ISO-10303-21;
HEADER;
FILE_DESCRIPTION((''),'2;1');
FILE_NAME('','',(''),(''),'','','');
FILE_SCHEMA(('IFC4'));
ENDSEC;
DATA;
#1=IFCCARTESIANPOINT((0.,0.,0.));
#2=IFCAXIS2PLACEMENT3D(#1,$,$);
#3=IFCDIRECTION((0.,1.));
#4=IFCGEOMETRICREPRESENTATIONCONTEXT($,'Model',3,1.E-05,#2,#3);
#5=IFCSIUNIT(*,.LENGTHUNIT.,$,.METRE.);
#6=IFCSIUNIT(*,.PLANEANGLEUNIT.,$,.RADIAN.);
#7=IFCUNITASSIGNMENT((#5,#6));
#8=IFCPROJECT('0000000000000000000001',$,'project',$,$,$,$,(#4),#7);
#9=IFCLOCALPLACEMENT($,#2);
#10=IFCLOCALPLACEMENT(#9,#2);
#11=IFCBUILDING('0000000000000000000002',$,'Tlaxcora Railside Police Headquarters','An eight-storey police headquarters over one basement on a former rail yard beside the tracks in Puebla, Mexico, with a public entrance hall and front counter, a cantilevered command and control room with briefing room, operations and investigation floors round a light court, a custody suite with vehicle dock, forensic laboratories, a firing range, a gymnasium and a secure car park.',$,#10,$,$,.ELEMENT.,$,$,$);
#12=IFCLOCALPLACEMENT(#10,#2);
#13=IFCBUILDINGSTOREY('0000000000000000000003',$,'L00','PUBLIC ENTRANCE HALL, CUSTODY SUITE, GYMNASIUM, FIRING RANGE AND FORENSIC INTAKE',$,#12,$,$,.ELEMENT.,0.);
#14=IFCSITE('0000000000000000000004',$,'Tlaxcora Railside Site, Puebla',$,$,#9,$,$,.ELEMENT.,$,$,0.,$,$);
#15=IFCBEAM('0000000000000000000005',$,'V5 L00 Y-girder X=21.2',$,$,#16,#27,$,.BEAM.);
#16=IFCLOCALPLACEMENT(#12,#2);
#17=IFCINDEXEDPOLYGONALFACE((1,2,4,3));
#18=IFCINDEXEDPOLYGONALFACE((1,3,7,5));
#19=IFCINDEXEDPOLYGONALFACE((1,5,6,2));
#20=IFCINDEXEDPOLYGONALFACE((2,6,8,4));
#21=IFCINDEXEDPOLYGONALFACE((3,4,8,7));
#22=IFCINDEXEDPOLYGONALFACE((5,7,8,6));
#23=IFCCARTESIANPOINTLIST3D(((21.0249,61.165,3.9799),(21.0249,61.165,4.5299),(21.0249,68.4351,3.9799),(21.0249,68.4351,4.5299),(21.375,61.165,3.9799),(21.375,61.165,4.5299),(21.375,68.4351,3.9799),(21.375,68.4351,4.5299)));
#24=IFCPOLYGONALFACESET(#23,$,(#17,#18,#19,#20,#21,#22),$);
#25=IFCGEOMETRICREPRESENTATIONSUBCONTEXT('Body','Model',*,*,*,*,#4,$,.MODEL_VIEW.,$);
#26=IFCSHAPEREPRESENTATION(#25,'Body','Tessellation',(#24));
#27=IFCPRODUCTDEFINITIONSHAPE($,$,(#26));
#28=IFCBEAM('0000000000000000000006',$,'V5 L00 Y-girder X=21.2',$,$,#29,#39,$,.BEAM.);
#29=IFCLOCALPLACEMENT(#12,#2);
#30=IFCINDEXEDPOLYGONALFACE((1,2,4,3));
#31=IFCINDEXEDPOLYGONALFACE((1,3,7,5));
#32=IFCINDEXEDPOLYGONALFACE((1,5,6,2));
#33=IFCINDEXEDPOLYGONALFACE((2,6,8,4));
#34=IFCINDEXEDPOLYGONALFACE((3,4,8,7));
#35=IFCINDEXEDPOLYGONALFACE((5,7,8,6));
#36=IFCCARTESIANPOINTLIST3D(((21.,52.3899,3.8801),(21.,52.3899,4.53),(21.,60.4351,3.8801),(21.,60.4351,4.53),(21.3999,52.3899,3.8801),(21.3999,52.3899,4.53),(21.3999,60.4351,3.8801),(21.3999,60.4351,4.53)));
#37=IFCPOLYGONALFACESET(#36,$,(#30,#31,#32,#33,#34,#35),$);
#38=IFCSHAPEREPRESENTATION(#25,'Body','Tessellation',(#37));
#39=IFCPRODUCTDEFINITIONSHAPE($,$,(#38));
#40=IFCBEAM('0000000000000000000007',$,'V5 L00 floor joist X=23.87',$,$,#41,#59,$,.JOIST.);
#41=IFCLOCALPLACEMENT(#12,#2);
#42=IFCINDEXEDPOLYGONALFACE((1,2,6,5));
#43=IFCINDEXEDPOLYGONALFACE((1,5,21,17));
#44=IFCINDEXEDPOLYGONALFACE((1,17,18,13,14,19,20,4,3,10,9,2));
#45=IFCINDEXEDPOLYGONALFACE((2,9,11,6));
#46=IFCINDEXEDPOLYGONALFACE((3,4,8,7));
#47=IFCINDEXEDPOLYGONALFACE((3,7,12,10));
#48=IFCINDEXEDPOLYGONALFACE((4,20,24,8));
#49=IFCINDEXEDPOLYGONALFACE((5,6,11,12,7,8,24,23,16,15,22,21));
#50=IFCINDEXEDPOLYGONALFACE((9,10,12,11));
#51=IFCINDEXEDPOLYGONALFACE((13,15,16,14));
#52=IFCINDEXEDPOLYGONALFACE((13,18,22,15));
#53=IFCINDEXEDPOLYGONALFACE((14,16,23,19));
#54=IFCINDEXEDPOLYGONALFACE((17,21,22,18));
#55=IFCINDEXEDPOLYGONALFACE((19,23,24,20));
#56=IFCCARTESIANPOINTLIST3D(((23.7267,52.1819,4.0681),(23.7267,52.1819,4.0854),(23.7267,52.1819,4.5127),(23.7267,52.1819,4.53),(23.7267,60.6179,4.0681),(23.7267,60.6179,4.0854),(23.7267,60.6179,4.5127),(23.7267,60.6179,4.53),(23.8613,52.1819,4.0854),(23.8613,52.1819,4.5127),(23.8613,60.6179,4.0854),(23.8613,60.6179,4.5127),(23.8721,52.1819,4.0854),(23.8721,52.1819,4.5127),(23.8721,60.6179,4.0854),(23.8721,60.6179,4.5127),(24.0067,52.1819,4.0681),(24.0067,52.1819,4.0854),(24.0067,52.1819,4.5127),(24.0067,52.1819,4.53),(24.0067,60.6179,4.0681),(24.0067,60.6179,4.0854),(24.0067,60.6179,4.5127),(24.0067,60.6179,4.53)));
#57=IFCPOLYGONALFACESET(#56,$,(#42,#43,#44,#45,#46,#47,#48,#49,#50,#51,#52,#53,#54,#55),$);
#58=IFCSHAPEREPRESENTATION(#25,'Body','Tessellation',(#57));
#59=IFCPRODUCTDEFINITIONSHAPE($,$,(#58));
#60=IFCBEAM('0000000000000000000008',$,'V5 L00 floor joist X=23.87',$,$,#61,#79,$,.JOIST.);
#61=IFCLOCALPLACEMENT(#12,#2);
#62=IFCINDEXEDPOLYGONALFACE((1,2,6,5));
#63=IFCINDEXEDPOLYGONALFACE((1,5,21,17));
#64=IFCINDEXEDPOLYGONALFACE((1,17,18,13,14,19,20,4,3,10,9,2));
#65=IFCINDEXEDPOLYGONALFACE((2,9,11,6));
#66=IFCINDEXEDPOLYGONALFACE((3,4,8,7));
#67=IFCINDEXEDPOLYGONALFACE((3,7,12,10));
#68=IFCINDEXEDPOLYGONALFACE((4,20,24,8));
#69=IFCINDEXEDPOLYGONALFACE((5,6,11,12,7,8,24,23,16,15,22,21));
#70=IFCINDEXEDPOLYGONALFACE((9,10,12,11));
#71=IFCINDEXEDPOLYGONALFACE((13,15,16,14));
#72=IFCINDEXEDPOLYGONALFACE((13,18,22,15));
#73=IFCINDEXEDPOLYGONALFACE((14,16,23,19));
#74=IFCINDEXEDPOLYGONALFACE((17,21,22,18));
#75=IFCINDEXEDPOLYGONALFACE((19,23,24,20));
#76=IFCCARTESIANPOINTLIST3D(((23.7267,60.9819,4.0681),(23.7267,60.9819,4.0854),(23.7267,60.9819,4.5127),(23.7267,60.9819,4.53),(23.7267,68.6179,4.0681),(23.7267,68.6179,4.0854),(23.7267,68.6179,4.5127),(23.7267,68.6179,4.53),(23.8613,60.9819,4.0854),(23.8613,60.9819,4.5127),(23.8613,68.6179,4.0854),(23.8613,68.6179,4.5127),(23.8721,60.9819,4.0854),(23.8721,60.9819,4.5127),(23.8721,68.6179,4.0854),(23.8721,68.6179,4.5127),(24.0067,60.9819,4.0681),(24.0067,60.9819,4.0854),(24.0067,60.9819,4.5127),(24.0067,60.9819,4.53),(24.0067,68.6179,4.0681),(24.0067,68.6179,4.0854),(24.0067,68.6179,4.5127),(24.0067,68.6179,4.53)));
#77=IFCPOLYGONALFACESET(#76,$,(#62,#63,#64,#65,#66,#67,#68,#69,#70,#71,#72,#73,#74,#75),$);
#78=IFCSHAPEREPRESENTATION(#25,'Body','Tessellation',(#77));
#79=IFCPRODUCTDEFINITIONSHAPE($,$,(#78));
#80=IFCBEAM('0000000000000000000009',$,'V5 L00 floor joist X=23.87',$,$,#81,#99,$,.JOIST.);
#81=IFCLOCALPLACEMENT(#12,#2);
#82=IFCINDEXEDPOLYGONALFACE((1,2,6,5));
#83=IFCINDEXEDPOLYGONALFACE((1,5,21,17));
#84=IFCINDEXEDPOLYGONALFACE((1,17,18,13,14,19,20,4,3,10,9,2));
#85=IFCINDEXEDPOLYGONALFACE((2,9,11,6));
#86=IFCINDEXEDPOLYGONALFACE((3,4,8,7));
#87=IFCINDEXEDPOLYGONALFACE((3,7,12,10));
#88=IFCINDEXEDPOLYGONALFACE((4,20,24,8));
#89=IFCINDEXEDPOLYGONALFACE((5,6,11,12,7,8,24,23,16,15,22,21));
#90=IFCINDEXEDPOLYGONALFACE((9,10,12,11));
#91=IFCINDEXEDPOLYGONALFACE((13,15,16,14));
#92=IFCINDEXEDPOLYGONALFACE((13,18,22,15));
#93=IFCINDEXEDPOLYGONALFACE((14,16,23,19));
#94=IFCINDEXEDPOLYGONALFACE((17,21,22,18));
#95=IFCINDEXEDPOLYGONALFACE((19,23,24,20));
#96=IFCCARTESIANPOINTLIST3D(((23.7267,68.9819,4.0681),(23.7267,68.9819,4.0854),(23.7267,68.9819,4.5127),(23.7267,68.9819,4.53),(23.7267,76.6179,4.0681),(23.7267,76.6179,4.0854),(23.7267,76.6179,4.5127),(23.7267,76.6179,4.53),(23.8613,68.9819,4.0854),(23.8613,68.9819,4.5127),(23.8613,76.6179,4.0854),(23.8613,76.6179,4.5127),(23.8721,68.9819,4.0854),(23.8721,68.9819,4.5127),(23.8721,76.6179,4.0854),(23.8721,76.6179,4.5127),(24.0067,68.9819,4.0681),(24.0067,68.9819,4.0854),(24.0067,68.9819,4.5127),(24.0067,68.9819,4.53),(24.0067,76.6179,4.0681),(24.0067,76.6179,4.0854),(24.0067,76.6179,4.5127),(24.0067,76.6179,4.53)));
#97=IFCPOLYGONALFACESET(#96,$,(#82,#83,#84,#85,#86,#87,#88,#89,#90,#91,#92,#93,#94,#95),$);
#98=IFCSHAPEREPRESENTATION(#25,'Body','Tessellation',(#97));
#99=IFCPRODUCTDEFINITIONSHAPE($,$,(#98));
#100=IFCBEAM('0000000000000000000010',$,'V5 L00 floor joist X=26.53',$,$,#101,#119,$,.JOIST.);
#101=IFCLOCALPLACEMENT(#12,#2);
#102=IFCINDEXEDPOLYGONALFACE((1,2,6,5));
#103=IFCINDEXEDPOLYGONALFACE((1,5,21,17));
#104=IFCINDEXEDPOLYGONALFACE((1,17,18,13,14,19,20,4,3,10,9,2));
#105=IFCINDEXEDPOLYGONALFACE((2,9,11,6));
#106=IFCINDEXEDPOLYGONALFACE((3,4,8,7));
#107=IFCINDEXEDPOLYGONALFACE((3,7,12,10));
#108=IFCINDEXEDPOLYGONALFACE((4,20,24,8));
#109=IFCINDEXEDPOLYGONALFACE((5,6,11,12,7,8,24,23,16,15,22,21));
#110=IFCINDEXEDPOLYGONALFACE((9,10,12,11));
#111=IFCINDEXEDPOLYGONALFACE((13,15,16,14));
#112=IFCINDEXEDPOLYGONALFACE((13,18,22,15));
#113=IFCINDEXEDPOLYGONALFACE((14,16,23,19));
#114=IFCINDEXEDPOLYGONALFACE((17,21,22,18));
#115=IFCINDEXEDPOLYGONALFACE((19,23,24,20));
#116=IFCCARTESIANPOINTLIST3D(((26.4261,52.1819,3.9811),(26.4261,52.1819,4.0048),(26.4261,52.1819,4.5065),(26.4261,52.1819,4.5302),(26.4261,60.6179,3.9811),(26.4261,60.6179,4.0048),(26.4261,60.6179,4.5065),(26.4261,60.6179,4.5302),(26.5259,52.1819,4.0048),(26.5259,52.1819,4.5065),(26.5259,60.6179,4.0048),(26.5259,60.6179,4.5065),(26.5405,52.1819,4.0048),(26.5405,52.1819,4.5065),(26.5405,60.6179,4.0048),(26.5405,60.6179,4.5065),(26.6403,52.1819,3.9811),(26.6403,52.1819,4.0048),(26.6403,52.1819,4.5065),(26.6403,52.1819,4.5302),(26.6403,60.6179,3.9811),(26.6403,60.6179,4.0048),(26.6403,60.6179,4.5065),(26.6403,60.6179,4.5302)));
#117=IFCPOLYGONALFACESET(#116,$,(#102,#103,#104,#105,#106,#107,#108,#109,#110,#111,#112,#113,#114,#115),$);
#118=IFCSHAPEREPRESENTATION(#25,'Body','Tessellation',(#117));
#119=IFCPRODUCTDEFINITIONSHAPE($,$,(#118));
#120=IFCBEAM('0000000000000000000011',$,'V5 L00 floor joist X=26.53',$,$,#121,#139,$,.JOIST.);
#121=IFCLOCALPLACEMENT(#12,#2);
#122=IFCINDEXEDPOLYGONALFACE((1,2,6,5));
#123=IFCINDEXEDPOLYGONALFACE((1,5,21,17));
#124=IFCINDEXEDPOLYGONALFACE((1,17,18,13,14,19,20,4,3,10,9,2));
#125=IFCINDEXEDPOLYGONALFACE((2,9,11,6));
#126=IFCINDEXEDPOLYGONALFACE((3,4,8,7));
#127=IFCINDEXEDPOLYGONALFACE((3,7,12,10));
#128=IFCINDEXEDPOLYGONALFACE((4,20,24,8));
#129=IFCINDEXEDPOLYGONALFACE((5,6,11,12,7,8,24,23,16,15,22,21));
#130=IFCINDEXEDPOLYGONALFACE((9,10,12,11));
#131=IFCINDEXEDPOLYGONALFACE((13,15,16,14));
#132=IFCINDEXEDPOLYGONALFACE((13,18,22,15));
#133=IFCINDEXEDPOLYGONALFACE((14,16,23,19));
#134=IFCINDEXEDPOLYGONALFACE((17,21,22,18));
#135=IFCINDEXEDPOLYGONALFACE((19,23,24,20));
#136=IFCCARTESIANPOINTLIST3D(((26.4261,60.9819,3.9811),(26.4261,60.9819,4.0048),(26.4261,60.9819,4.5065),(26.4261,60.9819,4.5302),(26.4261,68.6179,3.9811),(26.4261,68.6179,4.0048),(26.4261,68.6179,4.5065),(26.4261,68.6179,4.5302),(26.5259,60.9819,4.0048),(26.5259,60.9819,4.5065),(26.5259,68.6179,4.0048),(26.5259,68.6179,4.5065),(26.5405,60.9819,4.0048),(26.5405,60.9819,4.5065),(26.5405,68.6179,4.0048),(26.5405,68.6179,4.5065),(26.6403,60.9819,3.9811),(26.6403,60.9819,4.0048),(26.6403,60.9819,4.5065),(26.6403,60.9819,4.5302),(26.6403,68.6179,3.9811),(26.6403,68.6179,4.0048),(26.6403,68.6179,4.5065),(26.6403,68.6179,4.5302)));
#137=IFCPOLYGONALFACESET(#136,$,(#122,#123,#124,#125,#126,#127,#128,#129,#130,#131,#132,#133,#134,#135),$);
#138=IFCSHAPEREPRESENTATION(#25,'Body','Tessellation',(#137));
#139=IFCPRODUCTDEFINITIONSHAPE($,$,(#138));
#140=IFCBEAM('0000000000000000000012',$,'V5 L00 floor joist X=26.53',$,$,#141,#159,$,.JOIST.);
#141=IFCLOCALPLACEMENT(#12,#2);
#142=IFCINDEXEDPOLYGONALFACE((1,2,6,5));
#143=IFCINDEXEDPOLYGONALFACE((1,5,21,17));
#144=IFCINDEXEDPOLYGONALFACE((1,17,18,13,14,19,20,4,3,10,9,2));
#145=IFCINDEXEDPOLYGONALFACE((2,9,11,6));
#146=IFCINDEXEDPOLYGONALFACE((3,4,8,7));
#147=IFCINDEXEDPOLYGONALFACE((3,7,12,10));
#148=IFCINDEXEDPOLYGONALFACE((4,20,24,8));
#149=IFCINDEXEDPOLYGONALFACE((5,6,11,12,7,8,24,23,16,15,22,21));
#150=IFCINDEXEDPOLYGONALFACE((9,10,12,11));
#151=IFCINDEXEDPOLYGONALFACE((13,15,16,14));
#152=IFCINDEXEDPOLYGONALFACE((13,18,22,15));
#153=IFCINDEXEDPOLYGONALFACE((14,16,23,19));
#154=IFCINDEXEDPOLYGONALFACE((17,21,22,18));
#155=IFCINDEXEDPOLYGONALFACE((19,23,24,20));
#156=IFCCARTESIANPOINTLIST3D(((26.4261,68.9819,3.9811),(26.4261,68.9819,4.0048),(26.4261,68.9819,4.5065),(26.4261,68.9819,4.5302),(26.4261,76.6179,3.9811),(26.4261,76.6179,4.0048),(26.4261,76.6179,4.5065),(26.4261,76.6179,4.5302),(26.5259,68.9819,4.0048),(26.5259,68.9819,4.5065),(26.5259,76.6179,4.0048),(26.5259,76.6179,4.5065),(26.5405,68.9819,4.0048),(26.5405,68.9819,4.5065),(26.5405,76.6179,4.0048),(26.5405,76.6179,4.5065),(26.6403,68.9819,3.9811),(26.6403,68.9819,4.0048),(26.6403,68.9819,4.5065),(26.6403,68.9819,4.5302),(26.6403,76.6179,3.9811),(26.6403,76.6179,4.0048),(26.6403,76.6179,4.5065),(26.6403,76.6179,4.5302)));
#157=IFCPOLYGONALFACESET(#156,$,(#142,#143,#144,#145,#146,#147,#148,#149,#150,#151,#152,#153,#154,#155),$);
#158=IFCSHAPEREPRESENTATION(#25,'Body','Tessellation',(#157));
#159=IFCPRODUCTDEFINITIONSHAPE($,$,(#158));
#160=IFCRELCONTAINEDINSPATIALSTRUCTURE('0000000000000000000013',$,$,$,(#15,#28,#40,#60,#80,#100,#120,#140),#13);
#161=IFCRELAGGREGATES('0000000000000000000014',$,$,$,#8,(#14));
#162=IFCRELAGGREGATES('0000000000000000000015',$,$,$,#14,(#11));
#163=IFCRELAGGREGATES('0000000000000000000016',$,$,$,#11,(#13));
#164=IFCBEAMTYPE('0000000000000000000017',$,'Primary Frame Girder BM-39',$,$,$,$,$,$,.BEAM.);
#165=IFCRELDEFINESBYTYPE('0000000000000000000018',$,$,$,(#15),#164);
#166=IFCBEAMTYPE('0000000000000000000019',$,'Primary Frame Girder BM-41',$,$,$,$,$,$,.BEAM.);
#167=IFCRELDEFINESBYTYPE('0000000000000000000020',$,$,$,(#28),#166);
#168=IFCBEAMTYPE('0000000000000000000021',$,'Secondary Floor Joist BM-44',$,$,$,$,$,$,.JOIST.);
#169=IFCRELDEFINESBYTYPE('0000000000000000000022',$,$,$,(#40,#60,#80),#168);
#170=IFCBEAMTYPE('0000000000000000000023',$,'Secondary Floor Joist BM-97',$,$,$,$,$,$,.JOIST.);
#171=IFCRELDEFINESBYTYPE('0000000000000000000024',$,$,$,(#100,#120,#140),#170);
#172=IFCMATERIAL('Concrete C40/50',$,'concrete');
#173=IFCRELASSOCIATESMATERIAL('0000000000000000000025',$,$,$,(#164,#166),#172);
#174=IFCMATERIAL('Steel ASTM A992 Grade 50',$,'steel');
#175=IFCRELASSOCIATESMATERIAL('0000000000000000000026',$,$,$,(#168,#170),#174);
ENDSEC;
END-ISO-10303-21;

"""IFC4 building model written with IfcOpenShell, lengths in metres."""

from ifc_helpers import new_model, si_unit, direction, frame, origin, origin_2d, place, context, subcontext, project, spatial, rectangle, i_section, extrude, material, material_profile, profile_set, type_object, element, save


model = new_model("IFC4")

# Units and contexts
model_context = context("Model", 3, precision=1e-05, world=origin(), true_north=direction((0.0, 1.0)))
body_context = subcontext(model_context, "Body", "Model", "MODEL_VIEW")
ifc_project = project(units=[si_unit("LENGTHUNIT", "METRE"), si_unit("PLANEANGLEUNIT", "RADIAN")], contexts=[model_context])

# Site, building, storey
site_placement = place(None, origin())
site = spatial("IfcSite", under=ifc_project, at=site_placement, Name="Tlaxcora Railside Site, Puebla", CompositionType="ELEMENT", RefElevation=0.0)
building_placement = place(site_placement, origin())
building = spatial("IfcBuilding", under=site, at=building_placement, Name="Tlaxcora Railside Police Headquarters", Description="An eight-storey police headquarters over one basement on a former rail yard beside the tracks in Puebla, Mexico, with a public entrance hall and front counter, a cantilevered command and control room with briefing room, operations and investigation floors round a light court, a custody suite with vehicle dock, forensic laboratories, a firing range, a gymnasium and a secure car park.", CompositionType="ELEMENT")
storey_placement = place(building_placement, origin())
storey = spatial("IfcBuildingStorey", under=building, at=storey_placement, Name="L00", Description="PUBLIC ENTRANCE HALL, CUSTODY SUITE, GYMNASIUM, FIRING RANGE AND FORENSIC INTAKE", CompositionType="ELEMENT", Elevation=0.0)

# Shared definitions
ifc_material_1 = material(Name="Concrete C40/50", Category="concrete")

# Beams
ifc_material_profile_1 = material_profile(ifc_material_1, rectangle(XDim=0.3501, YDim=0.55, at=origin_2d()), Name="RC350X550")
ifc_profile_set_1 = profile_set([ifc_material_profile_1], Name="Concrete C40/50")
beam_type_1 = type_object("IfcBeamType", Name="Primary Frame Girder BM-39", PredefinedType="BEAM", material=ifc_profile_set_1)
beam_1_placement = place(storey_placement, frame((21.2, 61.165, 4.2549), z_axis=(0.0, 1.0, 0.0), x_axis=(-1.0, 0.0, 0.0)))
element("IfcBeam", 1, at=beam_1_placement, inside=storey, type_object=beam_type_1, Name="V5 L00 Y-girder X=21.2", PredefinedType="BEAM", context=body_context, shape_type="SweptSolid", body=[
    extrude(rectangle(XDim=0.3501, YDim=0.55, at=origin_2d()), origin(), (0.0, 0.0, 1.0), 7.27),
])
ifc_material_profile_2 = material_profile(ifc_material_1, rectangle(XDim=0.3999, YDim=0.6499, at=origin_2d()), Name="RC400X650")
ifc_profile_set_2 = profile_set([ifc_material_profile_2], Name="Concrete C40/50")
beam_type_2 = type_object("IfcBeamType", Name="Primary Frame Girder BM-41", PredefinedType="BEAM", material=ifc_profile_set_2)
beam_2_placement = place(storey_placement, frame((21.2, 52.3899, 4.2051), z_axis=(0.0, 1.0, 0.0), x_axis=(-1.0, 0.0, 0.0)))
element("IfcBeam", 2, at=beam_2_placement, inside=storey, type_object=beam_type_2, Name="V5 L00 Y-girder X=21.2", PredefinedType="BEAM", context=body_context, shape_type="SweptSolid", body=[
    extrude(rectangle(XDim=0.3999, YDim=0.6499, at=origin_2d()), origin(), (0.0, 0.0, 1.0), 8.0452),
])
ifc_material_2 = material(Name="Steel ASTM A992 Grade 50", Category="steel")
ifc_material_profile_3 = material_profile(ifc_material_2, i_section(OverallWidth=0.28, OverallDepth=0.4619, WebThickness=0.0107, FlangeThickness=0.0173, at=origin_2d()), Name="W18X76")
ifc_profile_set_3 = profile_set([ifc_material_profile_3], Name="Steel ASTM A992 Grade 50")
beam_type_3 = type_object("IfcBeamType", Name="Secondary Floor Joist BM-44", PredefinedType="JOIST", material=ifc_profile_set_3)
beam_3_placement = place(storey_placement, frame((23.8667, 52.1819, 4.2991), z_axis=(0.0, 1.0, 0.0), x_axis=(-1.0, 0.0, 0.0)))
element("IfcBeam", 3, at=beam_3_placement, inside=storey, type_object=beam_type_3, Name="V5 L00 floor joist X=23.87", PredefinedType="JOIST", context=body_context, shape_type="SweptSolid", body=[
    extrude(i_section(OverallWidth=0.28, OverallDepth=0.4619, WebThickness=0.0107, FlangeThickness=0.0173, at=origin_2d()), origin(), (0.0, 0.0, 1.0), 8.436),
])
for number, where, z_axis, x_axis, name in (
    (4, (23.8667, 60.9819, 4.2991), (0.0, 1.0, 0.0), (-1.0, 0.0, 0.0), "V5 L00 floor joist X=23.87"),
    (5, (23.8667, 68.9819, 4.2991), (0.0, 1.0, 0.0), (-1.0, 0.0, 0.0), "V5 L00 floor joist X=23.87"),
):
    element("IfcBeam", number, at=place(storey_placement, frame(where, z_axis=z_axis, x_axis=x_axis)), inside=storey, type_object=beam_type_3, Name=name, PredefinedType="JOIST", context=body_context, shape_type="SweptSolid", body=[
        extrude(i_section(OverallWidth=0.28, OverallDepth=0.4619, WebThickness=0.0107, FlangeThickness=0.0173, at=origin_2d()), origin(), (0.0, 0.0, 1.0), 7.636),
    ])
ifc_material_profile_4 = material_profile(ifc_material_2, i_section(OverallWidth=0.2141, OverallDepth=0.5491, WebThickness=0.0146, FlangeThickness=0.0237, at=origin_2d()), Name="W21X93")
ifc_profile_set_4 = profile_set([ifc_material_profile_4], Name="Steel ASTM A992 Grade 50")
beam_type_4 = type_object("IfcBeamType", Name="Secondary Floor Joist BM-97", PredefinedType="JOIST", material=ifc_profile_set_4)
beam_4_placement = place(storey_placement, frame((26.5332, 52.1819, 4.2556), z_axis=(0.0, 1.0, 0.0), x_axis=(-1.0, 0.0, 0.0)))
element("IfcBeam", 6, at=beam_4_placement, inside=storey, type_object=beam_type_4, Name="V5 L00 floor joist X=26.53", PredefinedType="JOIST", context=body_context, shape_type="SweptSolid", body=[
    extrude(i_section(OverallWidth=0.2141, OverallDepth=0.5491, WebThickness=0.0146, FlangeThickness=0.0237, at=origin_2d()), origin(), (0.0, 0.0, 1.0), 8.436),
])
for number, where, z_axis, x_axis, name in (
    (7, (26.5332, 60.9819, 4.2556), (0.0, 1.0, 0.0), (-1.0, 0.0, 0.0), "V5 L00 floor joist X=26.53"),
    (8, (26.5332, 68.9819, 4.2556), (0.0, 1.0, 0.0), (-1.0, 0.0, 0.0), "V5 L00 floor joist X=26.53"),
):
    element("IfcBeam", number, at=place(storey_placement, frame(where, z_axis=z_axis, x_axis=x_axis)), inside=storey, type_object=beam_type_4, Name=name, PredefinedType="JOIST", context=body_context, shape_type="SweptSolid", body=[
        extrude(i_section(OverallWidth=0.2141, OverallDepth=0.5491, WebThickness=0.0146, FlangeThickness=0.0237, at=origin_2d()), origin(), (0.0, 0.0, 1.0), 7.636),
    ])

save(model, "model.ifc")
